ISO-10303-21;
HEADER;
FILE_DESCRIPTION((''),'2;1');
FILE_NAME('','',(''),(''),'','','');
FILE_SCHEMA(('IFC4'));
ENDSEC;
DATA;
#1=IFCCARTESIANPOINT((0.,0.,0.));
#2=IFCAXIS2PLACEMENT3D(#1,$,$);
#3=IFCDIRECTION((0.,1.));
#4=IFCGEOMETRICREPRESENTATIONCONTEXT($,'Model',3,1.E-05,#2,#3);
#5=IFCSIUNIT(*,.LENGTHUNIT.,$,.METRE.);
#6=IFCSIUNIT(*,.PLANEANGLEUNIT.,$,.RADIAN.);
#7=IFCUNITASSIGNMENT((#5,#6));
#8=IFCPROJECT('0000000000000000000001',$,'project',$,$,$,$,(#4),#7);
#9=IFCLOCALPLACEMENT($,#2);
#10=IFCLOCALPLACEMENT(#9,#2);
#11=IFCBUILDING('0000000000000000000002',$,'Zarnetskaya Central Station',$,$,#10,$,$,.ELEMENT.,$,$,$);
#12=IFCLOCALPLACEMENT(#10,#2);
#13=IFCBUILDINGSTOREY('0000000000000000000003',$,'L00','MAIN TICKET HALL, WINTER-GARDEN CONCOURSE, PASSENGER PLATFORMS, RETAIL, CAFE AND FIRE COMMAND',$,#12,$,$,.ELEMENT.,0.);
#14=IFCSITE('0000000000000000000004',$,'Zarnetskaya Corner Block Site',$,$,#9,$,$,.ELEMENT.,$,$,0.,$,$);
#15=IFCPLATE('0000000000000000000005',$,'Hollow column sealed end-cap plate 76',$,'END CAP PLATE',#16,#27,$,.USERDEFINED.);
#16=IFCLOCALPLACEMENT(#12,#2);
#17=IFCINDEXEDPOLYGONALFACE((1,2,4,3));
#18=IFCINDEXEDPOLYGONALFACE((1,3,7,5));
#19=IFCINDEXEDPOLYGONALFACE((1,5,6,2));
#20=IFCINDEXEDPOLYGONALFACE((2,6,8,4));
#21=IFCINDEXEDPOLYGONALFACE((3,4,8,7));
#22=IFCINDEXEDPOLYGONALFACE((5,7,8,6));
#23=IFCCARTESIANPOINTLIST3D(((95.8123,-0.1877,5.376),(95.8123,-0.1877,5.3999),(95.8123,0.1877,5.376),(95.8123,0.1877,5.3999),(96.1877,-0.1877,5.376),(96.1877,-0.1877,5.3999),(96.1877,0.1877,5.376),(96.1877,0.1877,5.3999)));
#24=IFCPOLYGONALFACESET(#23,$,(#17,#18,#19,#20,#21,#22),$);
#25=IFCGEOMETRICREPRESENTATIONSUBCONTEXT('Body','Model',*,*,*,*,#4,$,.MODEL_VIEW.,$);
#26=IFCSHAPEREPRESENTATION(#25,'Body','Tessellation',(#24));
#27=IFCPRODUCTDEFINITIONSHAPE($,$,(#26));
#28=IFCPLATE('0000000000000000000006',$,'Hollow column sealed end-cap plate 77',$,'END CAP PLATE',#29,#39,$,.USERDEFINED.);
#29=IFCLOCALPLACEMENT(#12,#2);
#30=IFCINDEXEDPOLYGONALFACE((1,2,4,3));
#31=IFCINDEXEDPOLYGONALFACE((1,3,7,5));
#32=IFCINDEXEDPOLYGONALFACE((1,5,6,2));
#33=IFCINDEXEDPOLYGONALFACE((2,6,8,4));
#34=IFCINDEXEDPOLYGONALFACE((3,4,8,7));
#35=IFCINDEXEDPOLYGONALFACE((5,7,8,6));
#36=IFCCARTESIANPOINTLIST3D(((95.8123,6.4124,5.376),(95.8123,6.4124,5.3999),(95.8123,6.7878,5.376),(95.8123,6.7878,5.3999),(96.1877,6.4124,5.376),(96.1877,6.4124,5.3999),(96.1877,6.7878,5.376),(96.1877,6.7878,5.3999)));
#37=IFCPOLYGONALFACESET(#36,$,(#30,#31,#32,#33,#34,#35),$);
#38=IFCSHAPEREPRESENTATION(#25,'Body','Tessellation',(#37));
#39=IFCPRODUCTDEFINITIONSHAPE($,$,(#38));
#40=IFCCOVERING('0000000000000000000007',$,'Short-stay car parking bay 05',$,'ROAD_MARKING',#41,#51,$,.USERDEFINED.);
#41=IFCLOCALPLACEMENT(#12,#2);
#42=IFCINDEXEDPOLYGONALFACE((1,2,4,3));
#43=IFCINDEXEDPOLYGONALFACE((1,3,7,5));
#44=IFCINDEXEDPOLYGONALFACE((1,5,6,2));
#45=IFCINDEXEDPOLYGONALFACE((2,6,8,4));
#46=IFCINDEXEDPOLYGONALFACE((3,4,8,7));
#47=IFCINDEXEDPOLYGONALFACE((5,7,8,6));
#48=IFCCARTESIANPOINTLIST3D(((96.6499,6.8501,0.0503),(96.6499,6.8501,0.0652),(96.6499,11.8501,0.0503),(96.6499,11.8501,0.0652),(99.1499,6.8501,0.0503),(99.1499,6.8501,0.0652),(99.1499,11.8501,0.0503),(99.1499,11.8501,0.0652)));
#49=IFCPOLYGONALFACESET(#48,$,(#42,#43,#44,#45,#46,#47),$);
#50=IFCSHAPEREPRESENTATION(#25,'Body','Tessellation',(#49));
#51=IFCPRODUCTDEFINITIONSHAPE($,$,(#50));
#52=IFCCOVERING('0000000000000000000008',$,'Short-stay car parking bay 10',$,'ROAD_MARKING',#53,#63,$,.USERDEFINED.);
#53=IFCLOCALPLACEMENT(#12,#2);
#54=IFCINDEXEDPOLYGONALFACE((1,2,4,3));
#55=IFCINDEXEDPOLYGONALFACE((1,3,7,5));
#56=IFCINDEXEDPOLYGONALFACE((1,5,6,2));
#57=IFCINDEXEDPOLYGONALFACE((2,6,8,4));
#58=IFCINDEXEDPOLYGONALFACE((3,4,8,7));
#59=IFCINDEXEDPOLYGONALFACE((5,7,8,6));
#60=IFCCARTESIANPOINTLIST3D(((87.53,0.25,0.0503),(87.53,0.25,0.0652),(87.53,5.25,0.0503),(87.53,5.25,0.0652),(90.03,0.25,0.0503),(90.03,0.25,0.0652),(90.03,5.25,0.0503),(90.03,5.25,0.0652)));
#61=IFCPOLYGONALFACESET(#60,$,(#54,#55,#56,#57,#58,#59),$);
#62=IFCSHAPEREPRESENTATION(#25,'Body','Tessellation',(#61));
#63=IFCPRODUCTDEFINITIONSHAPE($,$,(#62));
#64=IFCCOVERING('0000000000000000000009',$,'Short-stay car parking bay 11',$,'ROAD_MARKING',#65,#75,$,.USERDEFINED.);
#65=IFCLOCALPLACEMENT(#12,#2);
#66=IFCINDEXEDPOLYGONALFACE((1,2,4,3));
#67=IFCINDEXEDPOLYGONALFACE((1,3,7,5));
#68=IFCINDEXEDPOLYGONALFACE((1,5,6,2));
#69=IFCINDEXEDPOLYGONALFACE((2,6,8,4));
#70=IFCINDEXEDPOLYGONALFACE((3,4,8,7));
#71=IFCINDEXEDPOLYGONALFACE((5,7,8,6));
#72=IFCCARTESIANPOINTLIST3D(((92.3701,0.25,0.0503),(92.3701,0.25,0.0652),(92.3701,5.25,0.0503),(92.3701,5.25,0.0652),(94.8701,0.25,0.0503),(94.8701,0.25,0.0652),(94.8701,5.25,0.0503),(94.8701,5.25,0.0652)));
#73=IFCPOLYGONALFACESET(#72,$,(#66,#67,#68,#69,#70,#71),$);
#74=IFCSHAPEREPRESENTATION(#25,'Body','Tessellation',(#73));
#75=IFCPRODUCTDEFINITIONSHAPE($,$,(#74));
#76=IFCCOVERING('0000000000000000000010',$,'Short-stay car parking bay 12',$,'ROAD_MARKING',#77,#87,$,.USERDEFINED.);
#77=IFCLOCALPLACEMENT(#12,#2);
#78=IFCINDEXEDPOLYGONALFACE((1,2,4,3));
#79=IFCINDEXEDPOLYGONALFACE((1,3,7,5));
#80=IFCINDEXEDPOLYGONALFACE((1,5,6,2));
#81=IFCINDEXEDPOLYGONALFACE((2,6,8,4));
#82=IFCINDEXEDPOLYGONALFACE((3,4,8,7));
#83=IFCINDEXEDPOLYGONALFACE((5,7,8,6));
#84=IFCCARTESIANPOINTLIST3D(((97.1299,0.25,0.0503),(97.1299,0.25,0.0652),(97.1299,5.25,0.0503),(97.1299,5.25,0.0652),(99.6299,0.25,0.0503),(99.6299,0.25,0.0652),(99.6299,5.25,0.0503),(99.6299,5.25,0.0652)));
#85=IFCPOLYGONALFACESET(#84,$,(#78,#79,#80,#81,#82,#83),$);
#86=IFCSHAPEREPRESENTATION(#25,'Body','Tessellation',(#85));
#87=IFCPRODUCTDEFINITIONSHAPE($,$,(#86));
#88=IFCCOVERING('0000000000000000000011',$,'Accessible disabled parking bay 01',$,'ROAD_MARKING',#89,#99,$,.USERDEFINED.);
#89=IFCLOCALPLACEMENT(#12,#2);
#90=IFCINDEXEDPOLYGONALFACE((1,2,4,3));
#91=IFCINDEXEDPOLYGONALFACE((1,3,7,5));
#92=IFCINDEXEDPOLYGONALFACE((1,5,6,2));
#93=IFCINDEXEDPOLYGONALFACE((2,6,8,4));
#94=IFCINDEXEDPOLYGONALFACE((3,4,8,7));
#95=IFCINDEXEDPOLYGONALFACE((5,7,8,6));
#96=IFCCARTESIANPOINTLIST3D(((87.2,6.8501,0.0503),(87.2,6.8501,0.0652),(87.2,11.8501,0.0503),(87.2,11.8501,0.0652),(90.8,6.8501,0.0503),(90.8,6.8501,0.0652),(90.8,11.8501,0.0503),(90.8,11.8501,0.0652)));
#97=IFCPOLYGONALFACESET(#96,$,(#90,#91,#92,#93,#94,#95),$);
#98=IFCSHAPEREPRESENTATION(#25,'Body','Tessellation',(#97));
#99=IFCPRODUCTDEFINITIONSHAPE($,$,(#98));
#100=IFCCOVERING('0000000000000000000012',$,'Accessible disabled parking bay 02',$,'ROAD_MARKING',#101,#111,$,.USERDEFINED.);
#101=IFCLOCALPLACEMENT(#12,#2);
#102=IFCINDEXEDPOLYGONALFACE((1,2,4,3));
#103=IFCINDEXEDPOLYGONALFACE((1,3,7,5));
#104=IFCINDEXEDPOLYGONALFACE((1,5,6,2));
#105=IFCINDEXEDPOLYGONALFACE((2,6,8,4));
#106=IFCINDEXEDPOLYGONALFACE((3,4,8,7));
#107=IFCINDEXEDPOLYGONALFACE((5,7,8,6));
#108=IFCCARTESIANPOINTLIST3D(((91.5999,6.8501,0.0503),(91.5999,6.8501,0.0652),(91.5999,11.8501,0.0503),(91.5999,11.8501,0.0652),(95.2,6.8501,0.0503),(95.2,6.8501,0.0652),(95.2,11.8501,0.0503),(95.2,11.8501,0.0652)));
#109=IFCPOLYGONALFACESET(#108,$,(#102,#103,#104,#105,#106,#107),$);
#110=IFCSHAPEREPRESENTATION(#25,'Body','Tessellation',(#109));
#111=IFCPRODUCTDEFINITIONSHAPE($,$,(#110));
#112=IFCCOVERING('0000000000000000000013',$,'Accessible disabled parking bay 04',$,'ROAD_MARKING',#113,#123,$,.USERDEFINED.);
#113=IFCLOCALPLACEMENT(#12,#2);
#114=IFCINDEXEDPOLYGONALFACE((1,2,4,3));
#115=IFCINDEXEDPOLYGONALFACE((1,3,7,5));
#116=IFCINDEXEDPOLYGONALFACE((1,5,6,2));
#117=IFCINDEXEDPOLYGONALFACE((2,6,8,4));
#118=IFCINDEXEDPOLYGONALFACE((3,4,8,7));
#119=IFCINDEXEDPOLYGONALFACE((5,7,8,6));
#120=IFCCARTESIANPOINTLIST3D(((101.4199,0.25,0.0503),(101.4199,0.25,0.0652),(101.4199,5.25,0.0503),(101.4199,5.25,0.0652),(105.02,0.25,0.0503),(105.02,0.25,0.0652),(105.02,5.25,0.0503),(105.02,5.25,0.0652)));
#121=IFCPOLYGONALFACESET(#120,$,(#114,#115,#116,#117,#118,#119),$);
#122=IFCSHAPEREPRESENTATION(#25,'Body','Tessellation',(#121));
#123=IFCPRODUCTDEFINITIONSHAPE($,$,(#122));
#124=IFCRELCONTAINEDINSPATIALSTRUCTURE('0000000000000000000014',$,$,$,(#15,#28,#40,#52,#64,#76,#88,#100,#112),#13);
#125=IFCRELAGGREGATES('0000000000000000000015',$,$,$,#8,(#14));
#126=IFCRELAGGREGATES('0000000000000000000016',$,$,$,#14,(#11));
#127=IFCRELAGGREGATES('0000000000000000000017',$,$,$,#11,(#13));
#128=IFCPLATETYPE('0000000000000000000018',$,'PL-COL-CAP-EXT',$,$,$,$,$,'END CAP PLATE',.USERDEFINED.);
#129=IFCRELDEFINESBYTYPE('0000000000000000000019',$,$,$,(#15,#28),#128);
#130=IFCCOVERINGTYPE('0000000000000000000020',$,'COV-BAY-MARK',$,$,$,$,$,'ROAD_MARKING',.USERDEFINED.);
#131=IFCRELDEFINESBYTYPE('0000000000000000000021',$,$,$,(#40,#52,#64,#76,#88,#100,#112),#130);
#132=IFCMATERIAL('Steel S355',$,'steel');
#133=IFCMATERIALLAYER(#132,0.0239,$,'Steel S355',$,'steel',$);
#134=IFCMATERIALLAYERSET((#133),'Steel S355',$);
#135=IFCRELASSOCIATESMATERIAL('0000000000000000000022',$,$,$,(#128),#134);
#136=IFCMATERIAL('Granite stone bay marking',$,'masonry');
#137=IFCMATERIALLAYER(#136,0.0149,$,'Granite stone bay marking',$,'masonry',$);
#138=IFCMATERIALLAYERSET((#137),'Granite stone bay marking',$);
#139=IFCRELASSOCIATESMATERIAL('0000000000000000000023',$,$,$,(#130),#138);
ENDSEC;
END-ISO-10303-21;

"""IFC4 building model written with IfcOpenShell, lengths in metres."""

from ifc_helpers import new_model, si_unit, direction, frame, origin, origin_2d, place, context, subcontext, project, spatial, rectangle, extrude, material, layer, layer_set, type_object, element, save


model = new_model("IFC4")

# Units and contexts
model_context = context("Model", 3, precision=1e-05, world=origin(), true_north=direction((0.0, 1.0)))
body_context = subcontext(model_context, "Body", "Model", "MODEL_VIEW")
ifc_project = project(units=[si_unit("LENGTHUNIT", "METRE"), si_unit("PLANEANGLEUNIT", "RADIAN")], contexts=[model_context])

# Site, building, storey
site_placement = place(None, origin())
site = spatial("IfcSite", under=ifc_project, at=site_placement, Name="Zarnetskaya Corner Block Site", CompositionType="ELEMENT", RefElevation=0.0)
building_placement = place(site_placement, origin())
building = spatial("IfcBuilding", under=site, at=building_placement, Name="Zarnetskaya Central Station", CompositionType="ELEMENT")
storey_placement = place(building_placement, origin())
storey = spatial("IfcBuildingStorey", under=building, at=storey_placement, Name="L00", Description="MAIN TICKET HALL, WINTER-GARDEN CONCOURSE, PASSENGER PLATFORMS, RETAIL, CAFE AND FIRE COMMAND", CompositionType="ELEMENT", Elevation=0.0)

# Shared definitions
ifc_material_1 = material(Name="Steel S355", Category="steel")

# Plates
ifc_layer_1 = layer(ifc_material_1, 0.0239, Name="Steel S355", Category="steel")
ifc_layer_set_1 = layer_set([ifc_layer_1], Name="Steel S355")
plate_type = type_object("IfcPlateType", Name="PL-COL-CAP-EXT", ElementType="END CAP PLATE", PredefinedType="USERDEFINED", material=ifc_layer_set_1)
for number, where, z_axis, x_axis, name in (
    (1, (96.0, 0.0, 5.376), (0.0, 0.0, 1.0), (1.0, 0.0, 0.0), "Hollow column sealed end-cap plate 76"),
    (2, (96.0, 6.6001, 5.376), (0.0, 0.0, 1.0), (1.0, 0.0, 0.0), "Hollow column sealed end-cap plate 77"),
):
    element("IfcPlate", number, at=place(storey_placement, frame(where, z_axis=z_axis, x_axis=x_axis)), inside=storey, type_object=plate_type, Name=name, ObjectType="END CAP PLATE", PredefinedType="USERDEFINED", context=body_context, shape_type="SweptSolid", body=[
        extrude(rectangle(XDim=0.3755, YDim=0.3755, at=origin_2d()), origin(), (0.0, 0.0, 1.0), 0.0239),
    ])

# Coverings
ifc_material_2 = material(Name="Granite stone bay marking", Category="masonry")
ifc_layer_2 = layer(ifc_material_2, 0.0149, Name="Granite stone bay marking", Category="masonry")
ifc_layer_set_2 = layer_set([ifc_layer_2], Name="Granite stone bay marking")
covering_type = type_object("IfcCoveringType", Name="COV-BAY-MARK", ElementType="ROAD_MARKING", PredefinedType="USERDEFINED", material=ifc_layer_set_2)
for number, where, z_axis, x_axis, name in (
    (3, (97.8999, 9.3501, 0.0503), (0.0, 0.0, 1.0), (1.0, 0.0, 0.0), "Short-stay car parking bay 05"),
    (4, (88.78, 2.75, 0.0503), (0.0, 0.0, 1.0), (1.0, 0.0, 0.0), "Short-stay car parking bay 10"),
    (5, (93.6201, 2.75, 0.0503), (0.0, 0.0, 1.0), (1.0, 0.0, 0.0), "Short-stay car parking bay 11"),
    (6, (98.3799, 2.75, 0.0503), (0.0, 0.0, 1.0), (1.0, 0.0, 0.0), "Short-stay car parking bay 12"),
):
    element("IfcCovering", number, at=place(storey_placement, frame(where, z_axis=z_axis, x_axis=x_axis)), inside=storey, type_object=covering_type, Name=name, ObjectType="ROAD_MARKING", PredefinedType="USERDEFINED", context=body_context, shape_type="SweptSolid", body=[
        extrude(rectangle(XDim=2.5, YDim=5.0, at=origin_2d()), origin(), (0.0, 0.0, 1.0), 0.0149),
    ])
for number, where, z_axis, x_axis, name in (
    (7, (89.0, 9.3501, 0.0503), (0.0, 0.0, 1.0), (1.0, 0.0, 0.0), "Accessible disabled parking bay 01"),
    (8, (93.3999, 9.3501, 0.0503), (0.0, 0.0, 1.0), (1.0, 0.0, 0.0), "Accessible disabled parking bay 02"),
    (9, (103.22, 2.75, 0.0503), (0.0, 0.0, 1.0), (1.0, 0.0, 0.0), "Accessible disabled parking bay 04"),
):
    element("IfcCovering", number, at=place(storey_placement, frame(where, z_axis=z_axis, x_axis=x_axis)), inside=storey, type_object=covering_type, Name=name, ObjectType="ROAD_MARKING", PredefinedType="USERDEFINED", context=body_context, shape_type="SweptSolid", body=[
        extrude(rectangle(XDim=3.6001, YDim=5.0, at=origin_2d()), origin(), (0.0, 0.0, 1.0), 0.0149),
    ])

save(model, "model.ifc")
